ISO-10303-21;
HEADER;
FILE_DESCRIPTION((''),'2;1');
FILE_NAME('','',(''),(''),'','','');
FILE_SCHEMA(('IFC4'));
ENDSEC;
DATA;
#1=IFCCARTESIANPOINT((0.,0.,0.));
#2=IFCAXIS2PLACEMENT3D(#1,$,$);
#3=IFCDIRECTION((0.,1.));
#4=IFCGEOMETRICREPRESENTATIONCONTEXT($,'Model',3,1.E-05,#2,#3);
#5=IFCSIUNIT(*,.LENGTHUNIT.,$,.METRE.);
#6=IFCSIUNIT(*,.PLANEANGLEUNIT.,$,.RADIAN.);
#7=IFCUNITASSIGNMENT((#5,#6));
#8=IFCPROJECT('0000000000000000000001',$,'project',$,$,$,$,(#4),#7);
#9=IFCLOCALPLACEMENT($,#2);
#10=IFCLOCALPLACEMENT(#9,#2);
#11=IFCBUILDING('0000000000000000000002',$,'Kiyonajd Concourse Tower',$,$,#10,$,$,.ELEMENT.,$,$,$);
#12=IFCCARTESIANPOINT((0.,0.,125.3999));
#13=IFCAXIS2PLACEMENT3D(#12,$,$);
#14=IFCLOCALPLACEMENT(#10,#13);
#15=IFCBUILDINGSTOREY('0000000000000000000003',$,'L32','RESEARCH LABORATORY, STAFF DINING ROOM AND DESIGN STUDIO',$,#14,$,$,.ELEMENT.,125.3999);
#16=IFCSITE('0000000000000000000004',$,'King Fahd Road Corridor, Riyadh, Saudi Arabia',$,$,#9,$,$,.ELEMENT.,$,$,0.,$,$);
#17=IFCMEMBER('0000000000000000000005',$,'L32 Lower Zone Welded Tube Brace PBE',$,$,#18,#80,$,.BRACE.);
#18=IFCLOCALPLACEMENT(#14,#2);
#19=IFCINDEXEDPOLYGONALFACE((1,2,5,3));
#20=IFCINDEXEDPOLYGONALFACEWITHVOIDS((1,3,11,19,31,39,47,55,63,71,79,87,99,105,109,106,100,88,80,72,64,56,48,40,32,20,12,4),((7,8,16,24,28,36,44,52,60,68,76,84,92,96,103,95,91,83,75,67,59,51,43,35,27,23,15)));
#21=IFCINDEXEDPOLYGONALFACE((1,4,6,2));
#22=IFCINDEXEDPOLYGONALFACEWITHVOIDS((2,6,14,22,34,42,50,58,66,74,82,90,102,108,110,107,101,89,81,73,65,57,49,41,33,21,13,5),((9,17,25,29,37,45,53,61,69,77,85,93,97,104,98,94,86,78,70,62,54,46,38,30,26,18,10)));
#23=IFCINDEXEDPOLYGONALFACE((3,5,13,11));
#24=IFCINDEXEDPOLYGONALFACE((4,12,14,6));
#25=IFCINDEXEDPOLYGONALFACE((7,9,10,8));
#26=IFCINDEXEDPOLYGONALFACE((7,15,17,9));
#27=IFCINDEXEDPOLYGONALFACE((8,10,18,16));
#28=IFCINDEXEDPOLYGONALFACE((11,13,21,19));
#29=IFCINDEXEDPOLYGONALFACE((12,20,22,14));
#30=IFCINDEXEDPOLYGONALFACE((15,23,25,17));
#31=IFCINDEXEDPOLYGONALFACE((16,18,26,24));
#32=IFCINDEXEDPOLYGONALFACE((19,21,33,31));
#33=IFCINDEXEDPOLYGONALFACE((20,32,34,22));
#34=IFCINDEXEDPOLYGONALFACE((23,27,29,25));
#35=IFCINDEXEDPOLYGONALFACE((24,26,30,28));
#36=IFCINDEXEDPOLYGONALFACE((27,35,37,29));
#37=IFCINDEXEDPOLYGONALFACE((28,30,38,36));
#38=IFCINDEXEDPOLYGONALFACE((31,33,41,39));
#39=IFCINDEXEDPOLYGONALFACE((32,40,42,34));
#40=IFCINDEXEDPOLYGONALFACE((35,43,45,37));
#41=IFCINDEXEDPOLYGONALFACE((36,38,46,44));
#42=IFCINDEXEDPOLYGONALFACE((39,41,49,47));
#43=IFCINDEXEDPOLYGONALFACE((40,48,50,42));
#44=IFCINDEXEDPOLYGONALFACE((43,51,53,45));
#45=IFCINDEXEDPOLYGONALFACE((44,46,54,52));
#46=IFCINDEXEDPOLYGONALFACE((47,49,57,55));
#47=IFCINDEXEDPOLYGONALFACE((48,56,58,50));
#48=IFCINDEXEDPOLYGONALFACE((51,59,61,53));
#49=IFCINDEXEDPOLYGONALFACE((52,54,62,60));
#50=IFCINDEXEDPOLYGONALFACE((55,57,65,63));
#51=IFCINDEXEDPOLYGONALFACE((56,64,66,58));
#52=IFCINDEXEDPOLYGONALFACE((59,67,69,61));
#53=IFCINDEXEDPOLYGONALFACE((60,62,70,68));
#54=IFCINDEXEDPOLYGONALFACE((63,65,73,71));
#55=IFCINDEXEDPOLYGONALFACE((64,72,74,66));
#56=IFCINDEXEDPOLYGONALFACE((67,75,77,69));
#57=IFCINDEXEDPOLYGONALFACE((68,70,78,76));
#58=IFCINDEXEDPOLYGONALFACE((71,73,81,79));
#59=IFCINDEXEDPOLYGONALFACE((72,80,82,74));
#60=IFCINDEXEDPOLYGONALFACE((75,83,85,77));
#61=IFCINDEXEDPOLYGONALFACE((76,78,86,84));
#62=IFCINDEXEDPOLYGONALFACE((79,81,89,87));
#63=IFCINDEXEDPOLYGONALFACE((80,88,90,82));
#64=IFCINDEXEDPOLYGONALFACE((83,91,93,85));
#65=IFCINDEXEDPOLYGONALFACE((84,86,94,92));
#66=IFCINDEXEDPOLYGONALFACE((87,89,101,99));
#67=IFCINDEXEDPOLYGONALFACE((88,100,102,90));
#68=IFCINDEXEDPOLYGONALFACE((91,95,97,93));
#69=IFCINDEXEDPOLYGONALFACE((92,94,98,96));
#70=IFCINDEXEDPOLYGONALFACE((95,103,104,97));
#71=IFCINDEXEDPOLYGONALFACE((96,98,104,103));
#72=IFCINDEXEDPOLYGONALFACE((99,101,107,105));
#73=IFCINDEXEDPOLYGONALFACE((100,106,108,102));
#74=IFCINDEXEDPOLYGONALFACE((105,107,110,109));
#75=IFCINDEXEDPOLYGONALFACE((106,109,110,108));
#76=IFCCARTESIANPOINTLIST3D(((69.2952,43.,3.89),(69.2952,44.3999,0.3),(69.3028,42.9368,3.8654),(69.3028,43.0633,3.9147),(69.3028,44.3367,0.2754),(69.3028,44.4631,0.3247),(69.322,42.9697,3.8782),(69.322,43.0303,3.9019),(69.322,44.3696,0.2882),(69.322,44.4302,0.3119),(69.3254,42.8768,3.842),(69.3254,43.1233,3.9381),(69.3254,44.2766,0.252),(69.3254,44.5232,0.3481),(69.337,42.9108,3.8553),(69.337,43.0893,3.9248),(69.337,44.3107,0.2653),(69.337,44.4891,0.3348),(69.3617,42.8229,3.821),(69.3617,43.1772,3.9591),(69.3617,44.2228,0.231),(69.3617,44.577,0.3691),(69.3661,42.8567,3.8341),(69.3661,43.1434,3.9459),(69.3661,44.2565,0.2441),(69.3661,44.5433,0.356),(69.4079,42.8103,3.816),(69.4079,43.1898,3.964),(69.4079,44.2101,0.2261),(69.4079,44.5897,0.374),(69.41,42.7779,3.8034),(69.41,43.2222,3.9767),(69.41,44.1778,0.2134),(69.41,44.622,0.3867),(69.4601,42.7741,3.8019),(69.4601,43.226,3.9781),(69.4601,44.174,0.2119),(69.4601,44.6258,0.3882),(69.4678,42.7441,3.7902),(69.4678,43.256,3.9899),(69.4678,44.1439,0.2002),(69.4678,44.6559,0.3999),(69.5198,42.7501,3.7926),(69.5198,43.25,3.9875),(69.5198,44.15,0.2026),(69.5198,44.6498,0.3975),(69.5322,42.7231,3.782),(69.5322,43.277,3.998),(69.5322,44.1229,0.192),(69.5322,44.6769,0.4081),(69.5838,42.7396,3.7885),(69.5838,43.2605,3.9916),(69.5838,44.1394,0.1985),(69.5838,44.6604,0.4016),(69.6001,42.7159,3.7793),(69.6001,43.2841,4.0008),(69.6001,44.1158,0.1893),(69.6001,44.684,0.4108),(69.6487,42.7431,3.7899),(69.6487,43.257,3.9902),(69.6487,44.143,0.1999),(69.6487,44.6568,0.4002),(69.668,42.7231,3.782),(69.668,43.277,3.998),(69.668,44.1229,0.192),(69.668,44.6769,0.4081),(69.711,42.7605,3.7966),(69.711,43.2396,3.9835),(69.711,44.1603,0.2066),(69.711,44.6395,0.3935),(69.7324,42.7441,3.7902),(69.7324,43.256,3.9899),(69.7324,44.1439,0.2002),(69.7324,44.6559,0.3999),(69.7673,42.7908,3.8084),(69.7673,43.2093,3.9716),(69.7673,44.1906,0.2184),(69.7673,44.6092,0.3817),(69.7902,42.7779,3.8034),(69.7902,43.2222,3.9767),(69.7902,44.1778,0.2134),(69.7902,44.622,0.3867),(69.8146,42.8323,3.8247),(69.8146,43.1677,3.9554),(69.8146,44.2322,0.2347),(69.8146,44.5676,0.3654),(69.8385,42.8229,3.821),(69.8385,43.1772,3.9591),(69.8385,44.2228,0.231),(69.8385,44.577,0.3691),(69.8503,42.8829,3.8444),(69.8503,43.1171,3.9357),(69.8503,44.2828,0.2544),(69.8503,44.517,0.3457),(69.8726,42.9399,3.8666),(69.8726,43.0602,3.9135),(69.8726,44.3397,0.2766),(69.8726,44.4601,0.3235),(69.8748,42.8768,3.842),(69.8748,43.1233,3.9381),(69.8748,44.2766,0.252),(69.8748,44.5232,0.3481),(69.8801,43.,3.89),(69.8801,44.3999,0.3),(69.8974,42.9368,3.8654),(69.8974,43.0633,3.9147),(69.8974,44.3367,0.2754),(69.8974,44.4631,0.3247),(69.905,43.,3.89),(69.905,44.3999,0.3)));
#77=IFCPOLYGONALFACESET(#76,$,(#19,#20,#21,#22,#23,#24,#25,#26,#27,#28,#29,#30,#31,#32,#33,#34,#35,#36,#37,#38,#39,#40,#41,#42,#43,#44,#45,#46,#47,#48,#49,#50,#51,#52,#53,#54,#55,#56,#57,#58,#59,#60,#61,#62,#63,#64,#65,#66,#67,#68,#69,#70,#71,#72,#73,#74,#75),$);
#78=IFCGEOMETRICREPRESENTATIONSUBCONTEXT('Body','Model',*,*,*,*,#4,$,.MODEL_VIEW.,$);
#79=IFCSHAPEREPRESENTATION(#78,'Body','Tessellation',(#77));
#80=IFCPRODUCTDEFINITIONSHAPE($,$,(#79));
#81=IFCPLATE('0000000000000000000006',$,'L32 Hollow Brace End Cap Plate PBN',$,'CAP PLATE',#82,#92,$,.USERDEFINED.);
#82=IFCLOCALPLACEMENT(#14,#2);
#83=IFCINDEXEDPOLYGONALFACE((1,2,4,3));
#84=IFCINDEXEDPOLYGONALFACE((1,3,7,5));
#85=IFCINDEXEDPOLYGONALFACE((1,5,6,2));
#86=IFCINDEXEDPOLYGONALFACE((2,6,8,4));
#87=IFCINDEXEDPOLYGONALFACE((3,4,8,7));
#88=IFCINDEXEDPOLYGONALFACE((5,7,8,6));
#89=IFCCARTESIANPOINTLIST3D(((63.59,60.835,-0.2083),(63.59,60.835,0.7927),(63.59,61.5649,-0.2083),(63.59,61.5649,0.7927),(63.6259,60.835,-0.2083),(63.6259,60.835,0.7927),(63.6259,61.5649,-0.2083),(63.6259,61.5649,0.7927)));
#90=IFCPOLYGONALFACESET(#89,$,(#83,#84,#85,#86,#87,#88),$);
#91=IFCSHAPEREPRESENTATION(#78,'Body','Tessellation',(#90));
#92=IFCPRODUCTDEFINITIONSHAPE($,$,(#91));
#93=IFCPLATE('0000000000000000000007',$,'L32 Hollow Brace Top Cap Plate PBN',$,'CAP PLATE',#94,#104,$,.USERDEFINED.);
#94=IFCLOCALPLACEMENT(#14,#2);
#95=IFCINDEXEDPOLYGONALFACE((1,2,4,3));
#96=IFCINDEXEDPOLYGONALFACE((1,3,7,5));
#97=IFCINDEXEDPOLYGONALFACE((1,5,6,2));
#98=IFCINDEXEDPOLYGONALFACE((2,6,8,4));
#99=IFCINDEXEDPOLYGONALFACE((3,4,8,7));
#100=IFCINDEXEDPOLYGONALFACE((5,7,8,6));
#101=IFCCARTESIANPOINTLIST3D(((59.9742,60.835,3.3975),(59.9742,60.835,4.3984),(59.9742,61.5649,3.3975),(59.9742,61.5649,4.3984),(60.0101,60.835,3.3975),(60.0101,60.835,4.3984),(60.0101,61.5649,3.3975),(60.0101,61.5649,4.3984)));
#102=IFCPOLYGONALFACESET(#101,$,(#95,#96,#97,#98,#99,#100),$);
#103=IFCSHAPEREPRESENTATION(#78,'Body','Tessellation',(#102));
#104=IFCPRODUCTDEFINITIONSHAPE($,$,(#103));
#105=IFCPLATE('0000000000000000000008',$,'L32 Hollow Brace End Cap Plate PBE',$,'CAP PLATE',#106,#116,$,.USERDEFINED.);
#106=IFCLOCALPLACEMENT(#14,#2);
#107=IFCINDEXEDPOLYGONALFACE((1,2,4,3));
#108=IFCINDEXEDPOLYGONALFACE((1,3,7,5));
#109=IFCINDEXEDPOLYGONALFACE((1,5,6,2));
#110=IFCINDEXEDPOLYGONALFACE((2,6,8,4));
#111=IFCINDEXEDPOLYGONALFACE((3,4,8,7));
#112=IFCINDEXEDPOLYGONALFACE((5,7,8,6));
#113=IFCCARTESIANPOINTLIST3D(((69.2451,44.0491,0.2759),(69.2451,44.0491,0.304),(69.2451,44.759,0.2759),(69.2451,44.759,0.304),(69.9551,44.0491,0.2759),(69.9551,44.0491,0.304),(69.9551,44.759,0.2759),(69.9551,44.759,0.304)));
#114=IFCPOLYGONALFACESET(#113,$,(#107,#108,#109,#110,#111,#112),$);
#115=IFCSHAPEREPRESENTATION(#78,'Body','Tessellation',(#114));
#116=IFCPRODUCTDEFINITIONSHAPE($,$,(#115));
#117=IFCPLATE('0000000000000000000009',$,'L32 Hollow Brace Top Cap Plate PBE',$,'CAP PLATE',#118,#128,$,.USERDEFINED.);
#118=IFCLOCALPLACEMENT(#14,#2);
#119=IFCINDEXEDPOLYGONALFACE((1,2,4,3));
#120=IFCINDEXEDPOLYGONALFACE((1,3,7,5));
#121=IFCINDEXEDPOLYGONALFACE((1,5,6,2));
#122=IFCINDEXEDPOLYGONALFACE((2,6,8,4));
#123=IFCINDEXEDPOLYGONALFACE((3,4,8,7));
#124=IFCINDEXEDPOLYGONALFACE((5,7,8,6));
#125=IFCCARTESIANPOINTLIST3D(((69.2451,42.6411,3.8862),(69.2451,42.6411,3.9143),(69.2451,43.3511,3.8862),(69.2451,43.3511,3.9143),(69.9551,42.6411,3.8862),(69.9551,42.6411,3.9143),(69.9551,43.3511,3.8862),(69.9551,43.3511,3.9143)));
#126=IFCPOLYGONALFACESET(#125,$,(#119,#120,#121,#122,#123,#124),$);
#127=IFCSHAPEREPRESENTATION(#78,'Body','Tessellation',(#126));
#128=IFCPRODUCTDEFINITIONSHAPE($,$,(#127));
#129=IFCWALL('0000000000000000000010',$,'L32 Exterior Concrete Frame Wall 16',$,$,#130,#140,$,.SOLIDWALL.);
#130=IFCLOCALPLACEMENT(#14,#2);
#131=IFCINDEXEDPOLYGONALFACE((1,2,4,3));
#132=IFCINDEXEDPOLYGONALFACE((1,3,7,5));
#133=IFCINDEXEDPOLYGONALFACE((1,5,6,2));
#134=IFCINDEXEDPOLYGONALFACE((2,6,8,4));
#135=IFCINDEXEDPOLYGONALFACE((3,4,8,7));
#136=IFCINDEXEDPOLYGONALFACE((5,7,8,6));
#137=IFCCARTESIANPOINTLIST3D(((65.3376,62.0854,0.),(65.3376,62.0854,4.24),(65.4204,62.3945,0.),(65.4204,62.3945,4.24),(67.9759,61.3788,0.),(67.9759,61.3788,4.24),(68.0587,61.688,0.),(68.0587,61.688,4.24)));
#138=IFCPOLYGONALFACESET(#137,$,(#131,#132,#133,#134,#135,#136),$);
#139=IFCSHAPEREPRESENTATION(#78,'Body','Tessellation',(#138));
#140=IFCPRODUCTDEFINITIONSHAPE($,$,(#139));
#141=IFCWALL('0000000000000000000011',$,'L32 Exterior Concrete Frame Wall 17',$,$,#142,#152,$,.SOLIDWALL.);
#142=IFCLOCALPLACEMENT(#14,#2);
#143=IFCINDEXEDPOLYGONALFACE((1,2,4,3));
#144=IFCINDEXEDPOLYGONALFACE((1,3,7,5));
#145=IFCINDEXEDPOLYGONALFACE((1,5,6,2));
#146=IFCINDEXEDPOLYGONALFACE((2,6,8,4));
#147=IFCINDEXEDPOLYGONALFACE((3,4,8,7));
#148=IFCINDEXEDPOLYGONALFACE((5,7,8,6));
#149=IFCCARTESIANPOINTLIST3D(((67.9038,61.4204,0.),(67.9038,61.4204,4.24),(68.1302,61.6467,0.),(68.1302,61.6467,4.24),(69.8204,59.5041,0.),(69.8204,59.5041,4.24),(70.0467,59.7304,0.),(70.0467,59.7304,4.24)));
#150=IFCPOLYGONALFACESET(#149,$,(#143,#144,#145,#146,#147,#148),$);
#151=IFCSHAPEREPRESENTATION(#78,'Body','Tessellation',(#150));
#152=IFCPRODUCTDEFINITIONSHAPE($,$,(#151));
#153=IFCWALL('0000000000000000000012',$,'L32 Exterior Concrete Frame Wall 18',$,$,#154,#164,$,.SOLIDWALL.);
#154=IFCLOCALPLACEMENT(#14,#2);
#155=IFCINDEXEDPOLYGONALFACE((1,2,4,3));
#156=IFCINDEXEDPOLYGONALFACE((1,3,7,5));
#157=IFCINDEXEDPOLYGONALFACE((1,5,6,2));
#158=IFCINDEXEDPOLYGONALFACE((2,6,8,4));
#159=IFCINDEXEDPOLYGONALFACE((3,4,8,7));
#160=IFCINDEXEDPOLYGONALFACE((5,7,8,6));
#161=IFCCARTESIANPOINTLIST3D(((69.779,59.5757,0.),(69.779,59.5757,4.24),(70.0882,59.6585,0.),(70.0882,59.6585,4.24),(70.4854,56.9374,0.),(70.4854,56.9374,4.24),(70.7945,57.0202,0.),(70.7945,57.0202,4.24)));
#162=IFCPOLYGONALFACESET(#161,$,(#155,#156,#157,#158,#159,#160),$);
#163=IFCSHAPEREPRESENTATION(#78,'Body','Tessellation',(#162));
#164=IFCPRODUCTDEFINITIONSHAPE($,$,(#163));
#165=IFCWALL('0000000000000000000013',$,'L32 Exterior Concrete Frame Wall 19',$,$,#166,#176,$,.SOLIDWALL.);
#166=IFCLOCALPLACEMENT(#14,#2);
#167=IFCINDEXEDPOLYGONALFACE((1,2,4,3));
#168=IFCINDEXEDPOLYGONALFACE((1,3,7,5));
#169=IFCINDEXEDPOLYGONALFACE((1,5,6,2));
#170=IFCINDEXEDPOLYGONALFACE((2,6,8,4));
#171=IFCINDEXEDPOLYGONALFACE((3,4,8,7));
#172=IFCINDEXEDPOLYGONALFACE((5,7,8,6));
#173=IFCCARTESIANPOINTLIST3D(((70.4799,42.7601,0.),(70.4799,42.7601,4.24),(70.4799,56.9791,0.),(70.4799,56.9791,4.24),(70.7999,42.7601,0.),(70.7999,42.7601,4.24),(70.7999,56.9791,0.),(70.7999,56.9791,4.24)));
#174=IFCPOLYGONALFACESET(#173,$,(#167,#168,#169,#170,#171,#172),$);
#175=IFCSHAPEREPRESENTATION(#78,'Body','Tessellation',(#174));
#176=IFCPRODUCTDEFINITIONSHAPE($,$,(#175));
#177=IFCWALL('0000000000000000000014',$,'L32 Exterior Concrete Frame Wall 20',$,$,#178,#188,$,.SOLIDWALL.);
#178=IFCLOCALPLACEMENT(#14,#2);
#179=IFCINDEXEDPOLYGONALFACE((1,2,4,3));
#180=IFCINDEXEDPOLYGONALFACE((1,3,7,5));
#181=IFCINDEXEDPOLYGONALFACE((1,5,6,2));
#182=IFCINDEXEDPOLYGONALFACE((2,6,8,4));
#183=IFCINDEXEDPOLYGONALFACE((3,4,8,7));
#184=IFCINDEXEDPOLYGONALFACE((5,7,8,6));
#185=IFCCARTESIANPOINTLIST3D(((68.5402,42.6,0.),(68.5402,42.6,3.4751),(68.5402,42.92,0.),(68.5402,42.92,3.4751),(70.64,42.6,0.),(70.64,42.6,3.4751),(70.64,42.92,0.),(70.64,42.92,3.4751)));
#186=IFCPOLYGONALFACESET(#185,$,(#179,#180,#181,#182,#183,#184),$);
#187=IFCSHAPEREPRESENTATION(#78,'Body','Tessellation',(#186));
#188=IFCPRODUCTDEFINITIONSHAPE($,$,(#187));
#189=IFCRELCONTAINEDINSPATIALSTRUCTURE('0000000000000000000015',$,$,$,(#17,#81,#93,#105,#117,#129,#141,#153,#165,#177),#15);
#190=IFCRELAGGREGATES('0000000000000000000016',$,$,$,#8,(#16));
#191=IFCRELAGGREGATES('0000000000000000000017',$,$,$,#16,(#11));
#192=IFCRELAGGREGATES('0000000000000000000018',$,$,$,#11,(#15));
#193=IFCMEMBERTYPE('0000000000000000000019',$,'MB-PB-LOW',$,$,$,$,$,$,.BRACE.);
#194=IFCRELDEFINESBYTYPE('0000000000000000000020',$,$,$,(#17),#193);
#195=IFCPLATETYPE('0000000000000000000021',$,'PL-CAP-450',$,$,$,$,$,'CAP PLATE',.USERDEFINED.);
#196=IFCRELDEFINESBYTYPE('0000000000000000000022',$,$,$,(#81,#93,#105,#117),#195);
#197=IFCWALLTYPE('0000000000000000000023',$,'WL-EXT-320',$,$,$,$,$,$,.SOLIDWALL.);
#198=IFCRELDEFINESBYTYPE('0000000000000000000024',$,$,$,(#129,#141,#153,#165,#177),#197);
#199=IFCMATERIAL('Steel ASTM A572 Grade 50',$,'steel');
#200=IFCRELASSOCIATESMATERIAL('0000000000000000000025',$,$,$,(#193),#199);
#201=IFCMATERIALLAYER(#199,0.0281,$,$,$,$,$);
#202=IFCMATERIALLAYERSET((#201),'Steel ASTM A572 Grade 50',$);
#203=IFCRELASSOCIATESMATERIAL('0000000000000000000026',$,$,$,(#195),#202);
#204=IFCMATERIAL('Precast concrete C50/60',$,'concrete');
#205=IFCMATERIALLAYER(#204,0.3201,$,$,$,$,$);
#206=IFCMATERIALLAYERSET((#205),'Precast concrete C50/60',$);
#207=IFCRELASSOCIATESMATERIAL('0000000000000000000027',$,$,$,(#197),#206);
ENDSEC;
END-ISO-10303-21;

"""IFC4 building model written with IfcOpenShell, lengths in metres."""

from ifc_helpers import new_model, si_unit, direction, frame, frame_2d, origin, origin_2d, place, context, subcontext, project, spatial, rectangle, hollow_circle, extrude, material, layer, layer_set, material_profile, profile_set, type_object, element, save


model = new_model("IFC4")

# Units and contexts
model_context = context("Model", 3, precision=1e-05, world=origin(), true_north=direction((0.0, 1.0)))
body_context = subcontext(model_context, "Body", "Model", "MODEL_VIEW")
ifc_project = project(units=[si_unit("LENGTHUNIT", "METRE"), si_unit("PLANEANGLEUNIT", "RADIAN")], contexts=[model_context])

# Site, building, storey
site_placement = place(None, origin())
site = spatial("IfcSite", under=ifc_project, at=site_placement, Name="King Fahd Road Corridor, Riyadh, Saudi Arabia", CompositionType="ELEMENT", RefElevation=0.0)
building_placement = place(site_placement, origin())
building = spatial("IfcBuilding", under=site, at=building_placement, Name="Kiyonajd Concourse Tower", CompositionType="ELEMENT")
storey_placement = place(building_placement, frame((0.0, 0.0, 125.3999)))
storey = spatial("IfcBuildingStorey", under=building, at=storey_placement, Name="L32", Description="RESEARCH LABORATORY, STAFF DINING ROOM AND DESIGN STUDIO", CompositionType="ELEMENT", Elevation=125.3999)

# Shared definitions
ifc_material_1 = material(Name="Precast concrete C50/60", Category="concrete")

# Member
ifc_material_2 = material(Name="Steel ASTM A572 Grade 50", Category="steel")
ifc_material_profile_1 = material_profile(ifc_material_2, hollow_circle(Radius=0.3049, WallThickness=0.0249, at=origin_2d()), Name="CHS-610x25")
ifc_profile_set_1 = profile_set([ifc_material_profile_1], Name="Steel ASTM A572 Grade 50")
member_type = type_object("IfcMemberType", Name="MB-PB-LOW", PredefinedType="BRACE", material=ifc_profile_set_1)
member_1_placement = place(storey_placement, frame((69.6001, 44.3999, 0.3), z_axis=(0.0, -0.363293, 0.931675), x_axis=(1.0, 0.0, 0.0)))
element("IfcMember", 1, at=member_1_placement, inside=storey, type_object=member_type, Name="L32 Lower Zone Welded Tube Brace PBE", PredefinedType="BRACE", context=body_context, shape_type="SweptSolid", body=[
    extrude(hollow_circle(Radius=0.3049, WallThickness=0.0249, at=origin_2d()), origin(), (0.0, 0.0, 1.0), 3.8533),
])

# Plates
ifc_layer_1 = layer(ifc_material_2, 0.0281)
ifc_layer_set_1 = layer_set([ifc_layer_1], Name="Steel ASTM A572 Grade 50")
plate_type = type_object("IfcPlateType", Name="PL-CAP-450", ElementType="CAP PLATE", PredefinedType="USERDEFINED", material=ifc_layer_set_1)
for number, where, z_axis, x_axis, name in (
    (2, (63.6079, 61.2, -0.2083), (0.0, 0.0, 1.0), (1.0, 0.0, 0.0), "L32 Hollow Brace End Cap Plate PBN"),
    (3, (59.9922, 61.2, 3.3975), (0.0, 0.0, 1.0), (-1.0, 0.0, 0.0), "L32 Hollow Brace Top Cap Plate PBN"),
):
    element("IfcPlate", number, at=place(storey_placement, frame(where, z_axis=z_axis, x_axis=x_axis)), inside=storey, type_object=plate_type, Name=name, ObjectType="CAP PLATE", PredefinedType="USERDEFINED", context=body_context, shape_type="SweptSolid", body=[
        extrude(rectangle(XDim=0.0359, YDim=0.73, at=origin_2d()), origin(), (0.0, 0.0, 1.0), 1.001),
    ])
for number, where, z_axis, x_axis, name in (
    (4, (69.6001, 44.4041, 0.2759), (0.0, 0.0, 1.0), (1.0, 0.0, 0.0), "L32 Hollow Brace End Cap Plate PBE"),
    (5, (69.6001, 42.9961, 3.8862), (0.0, 0.0, 1.0), (1.0, 0.0, 0.0), "L32 Hollow Brace Top Cap Plate PBE"),
):
    element("IfcPlate", number, at=place(storey_placement, frame(where, z_axis=z_axis, x_axis=x_axis)), inside=storey, type_object=plate_type, Name=name, ObjectType="CAP PLATE", PredefinedType="USERDEFINED", context=body_context, shape_type="SweptSolid", body=[
        extrude(rectangle(XDim=0.71, YDim=0.71, at=origin_2d()), origin(), (0.0, 0.0, 1.0), 0.0281),
    ])

# Walls
ifc_layer_2 = layer(ifc_material_1, 0.3201)
ifc_layer_set_2 = layer_set([ifc_layer_2], Name="Precast concrete C50/60")
wall_type = type_object("IfcWallType", Name="WL-EXT-320", PredefinedType="SOLIDWALL", material=ifc_layer_set_2)
wall_1_placement = place(storey_placement, frame((65.3789, 62.24, 0.0), z_axis=(0.0, 0.0, 1.0), x_axis=(0.965958, -0.258697, 0.0)))
element("IfcWall", 6, at=wall_1_placement, inside=storey, type_object=wall_type, Name="L32 Exterior Concrete Frame Wall 16", PredefinedType="SOLIDWALL", context=body_context, shape_type="SweptSolid", body=[
    extrude(rectangle(XDim=2.7312, YDim=0.3201, at=frame_2d((1.3657, 0.0))), origin(), (0.0, 0.0, 1.0), 4.24),
])
wall_2_placement = place(storey_placement, frame((68.0171, 61.5334, 0.0), z_axis=(0.0, 0.0, 1.0), x_axis=(0.707152, -0.707062, 0.0)))
element("IfcWall", 7, at=wall_2_placement, inside=storey, type_object=wall_type, Name="L32 Exterior Concrete Frame Wall 17", PredefinedType="SOLIDWALL", context=body_context, shape_type="SweptSolid", body=[
    extrude(rectangle(XDim=2.7102, YDim=0.3201, at=frame_2d((1.355, 0.0))), origin(), (0.0, 0.0, 1.0), 4.24),
])
wall_3_placement = place(storey_placement, frame((69.9336, 59.6172, 0.0), z_axis=(0.0, 0.0, 1.0), x_axis=(0.258614, -0.965981, 0.0)))
element("IfcWall", 8, at=wall_3_placement, inside=storey, type_object=wall_type, Name="L32 Exterior Concrete Frame Wall 18", PredefinedType="SOLIDWALL", context=body_context, shape_type="SweptSolid", body=[
    extrude(rectangle(XDim=2.7312, YDim=0.3201, at=frame_2d((1.3657, 0.0))), origin(), (0.0, 0.0, 1.0), 4.24),
])
wall_4_placement = place(storey_placement, frame((70.6399, 56.979, 0.0), z_axis=(0.0, 0.0, 1.0), x_axis=(0.0, -1.0, 0.0)))
element("IfcWall", 9, at=wall_4_placement, inside=storey, type_object=wall_type, Name="L32 Exterior Concrete Frame Wall 19", PredefinedType="SOLIDWALL", context=body_context, shape_type="SweptSolid", body=[
    extrude(rectangle(XDim=14.219, YDim=0.3201, at=frame_2d((7.1094, 0.0))), origin(), (0.0, 0.0, 1.0), 4.24),
])
wall_5_placement = place(storey_placement, frame((70.6399, 42.76, 0.0), z_axis=(0.0, 0.0, 1.0), x_axis=(-1.0, 0.0, 0.0)))
element("IfcWall", 10, at=wall_5_placement, inside=storey, type_object=wall_type, Name="L32 Exterior Concrete Frame Wall 20", PredefinedType="SOLIDWALL", context=body_context, shape_type="SweptSolid", body=[
    extrude(rectangle(XDim=2.0999, YDim=0.3201, at=frame_2d((1.0498, 0.0))), origin(), (0.0, 0.0, 1.0), 3.4751),
])

save(model, "model.ifc")
